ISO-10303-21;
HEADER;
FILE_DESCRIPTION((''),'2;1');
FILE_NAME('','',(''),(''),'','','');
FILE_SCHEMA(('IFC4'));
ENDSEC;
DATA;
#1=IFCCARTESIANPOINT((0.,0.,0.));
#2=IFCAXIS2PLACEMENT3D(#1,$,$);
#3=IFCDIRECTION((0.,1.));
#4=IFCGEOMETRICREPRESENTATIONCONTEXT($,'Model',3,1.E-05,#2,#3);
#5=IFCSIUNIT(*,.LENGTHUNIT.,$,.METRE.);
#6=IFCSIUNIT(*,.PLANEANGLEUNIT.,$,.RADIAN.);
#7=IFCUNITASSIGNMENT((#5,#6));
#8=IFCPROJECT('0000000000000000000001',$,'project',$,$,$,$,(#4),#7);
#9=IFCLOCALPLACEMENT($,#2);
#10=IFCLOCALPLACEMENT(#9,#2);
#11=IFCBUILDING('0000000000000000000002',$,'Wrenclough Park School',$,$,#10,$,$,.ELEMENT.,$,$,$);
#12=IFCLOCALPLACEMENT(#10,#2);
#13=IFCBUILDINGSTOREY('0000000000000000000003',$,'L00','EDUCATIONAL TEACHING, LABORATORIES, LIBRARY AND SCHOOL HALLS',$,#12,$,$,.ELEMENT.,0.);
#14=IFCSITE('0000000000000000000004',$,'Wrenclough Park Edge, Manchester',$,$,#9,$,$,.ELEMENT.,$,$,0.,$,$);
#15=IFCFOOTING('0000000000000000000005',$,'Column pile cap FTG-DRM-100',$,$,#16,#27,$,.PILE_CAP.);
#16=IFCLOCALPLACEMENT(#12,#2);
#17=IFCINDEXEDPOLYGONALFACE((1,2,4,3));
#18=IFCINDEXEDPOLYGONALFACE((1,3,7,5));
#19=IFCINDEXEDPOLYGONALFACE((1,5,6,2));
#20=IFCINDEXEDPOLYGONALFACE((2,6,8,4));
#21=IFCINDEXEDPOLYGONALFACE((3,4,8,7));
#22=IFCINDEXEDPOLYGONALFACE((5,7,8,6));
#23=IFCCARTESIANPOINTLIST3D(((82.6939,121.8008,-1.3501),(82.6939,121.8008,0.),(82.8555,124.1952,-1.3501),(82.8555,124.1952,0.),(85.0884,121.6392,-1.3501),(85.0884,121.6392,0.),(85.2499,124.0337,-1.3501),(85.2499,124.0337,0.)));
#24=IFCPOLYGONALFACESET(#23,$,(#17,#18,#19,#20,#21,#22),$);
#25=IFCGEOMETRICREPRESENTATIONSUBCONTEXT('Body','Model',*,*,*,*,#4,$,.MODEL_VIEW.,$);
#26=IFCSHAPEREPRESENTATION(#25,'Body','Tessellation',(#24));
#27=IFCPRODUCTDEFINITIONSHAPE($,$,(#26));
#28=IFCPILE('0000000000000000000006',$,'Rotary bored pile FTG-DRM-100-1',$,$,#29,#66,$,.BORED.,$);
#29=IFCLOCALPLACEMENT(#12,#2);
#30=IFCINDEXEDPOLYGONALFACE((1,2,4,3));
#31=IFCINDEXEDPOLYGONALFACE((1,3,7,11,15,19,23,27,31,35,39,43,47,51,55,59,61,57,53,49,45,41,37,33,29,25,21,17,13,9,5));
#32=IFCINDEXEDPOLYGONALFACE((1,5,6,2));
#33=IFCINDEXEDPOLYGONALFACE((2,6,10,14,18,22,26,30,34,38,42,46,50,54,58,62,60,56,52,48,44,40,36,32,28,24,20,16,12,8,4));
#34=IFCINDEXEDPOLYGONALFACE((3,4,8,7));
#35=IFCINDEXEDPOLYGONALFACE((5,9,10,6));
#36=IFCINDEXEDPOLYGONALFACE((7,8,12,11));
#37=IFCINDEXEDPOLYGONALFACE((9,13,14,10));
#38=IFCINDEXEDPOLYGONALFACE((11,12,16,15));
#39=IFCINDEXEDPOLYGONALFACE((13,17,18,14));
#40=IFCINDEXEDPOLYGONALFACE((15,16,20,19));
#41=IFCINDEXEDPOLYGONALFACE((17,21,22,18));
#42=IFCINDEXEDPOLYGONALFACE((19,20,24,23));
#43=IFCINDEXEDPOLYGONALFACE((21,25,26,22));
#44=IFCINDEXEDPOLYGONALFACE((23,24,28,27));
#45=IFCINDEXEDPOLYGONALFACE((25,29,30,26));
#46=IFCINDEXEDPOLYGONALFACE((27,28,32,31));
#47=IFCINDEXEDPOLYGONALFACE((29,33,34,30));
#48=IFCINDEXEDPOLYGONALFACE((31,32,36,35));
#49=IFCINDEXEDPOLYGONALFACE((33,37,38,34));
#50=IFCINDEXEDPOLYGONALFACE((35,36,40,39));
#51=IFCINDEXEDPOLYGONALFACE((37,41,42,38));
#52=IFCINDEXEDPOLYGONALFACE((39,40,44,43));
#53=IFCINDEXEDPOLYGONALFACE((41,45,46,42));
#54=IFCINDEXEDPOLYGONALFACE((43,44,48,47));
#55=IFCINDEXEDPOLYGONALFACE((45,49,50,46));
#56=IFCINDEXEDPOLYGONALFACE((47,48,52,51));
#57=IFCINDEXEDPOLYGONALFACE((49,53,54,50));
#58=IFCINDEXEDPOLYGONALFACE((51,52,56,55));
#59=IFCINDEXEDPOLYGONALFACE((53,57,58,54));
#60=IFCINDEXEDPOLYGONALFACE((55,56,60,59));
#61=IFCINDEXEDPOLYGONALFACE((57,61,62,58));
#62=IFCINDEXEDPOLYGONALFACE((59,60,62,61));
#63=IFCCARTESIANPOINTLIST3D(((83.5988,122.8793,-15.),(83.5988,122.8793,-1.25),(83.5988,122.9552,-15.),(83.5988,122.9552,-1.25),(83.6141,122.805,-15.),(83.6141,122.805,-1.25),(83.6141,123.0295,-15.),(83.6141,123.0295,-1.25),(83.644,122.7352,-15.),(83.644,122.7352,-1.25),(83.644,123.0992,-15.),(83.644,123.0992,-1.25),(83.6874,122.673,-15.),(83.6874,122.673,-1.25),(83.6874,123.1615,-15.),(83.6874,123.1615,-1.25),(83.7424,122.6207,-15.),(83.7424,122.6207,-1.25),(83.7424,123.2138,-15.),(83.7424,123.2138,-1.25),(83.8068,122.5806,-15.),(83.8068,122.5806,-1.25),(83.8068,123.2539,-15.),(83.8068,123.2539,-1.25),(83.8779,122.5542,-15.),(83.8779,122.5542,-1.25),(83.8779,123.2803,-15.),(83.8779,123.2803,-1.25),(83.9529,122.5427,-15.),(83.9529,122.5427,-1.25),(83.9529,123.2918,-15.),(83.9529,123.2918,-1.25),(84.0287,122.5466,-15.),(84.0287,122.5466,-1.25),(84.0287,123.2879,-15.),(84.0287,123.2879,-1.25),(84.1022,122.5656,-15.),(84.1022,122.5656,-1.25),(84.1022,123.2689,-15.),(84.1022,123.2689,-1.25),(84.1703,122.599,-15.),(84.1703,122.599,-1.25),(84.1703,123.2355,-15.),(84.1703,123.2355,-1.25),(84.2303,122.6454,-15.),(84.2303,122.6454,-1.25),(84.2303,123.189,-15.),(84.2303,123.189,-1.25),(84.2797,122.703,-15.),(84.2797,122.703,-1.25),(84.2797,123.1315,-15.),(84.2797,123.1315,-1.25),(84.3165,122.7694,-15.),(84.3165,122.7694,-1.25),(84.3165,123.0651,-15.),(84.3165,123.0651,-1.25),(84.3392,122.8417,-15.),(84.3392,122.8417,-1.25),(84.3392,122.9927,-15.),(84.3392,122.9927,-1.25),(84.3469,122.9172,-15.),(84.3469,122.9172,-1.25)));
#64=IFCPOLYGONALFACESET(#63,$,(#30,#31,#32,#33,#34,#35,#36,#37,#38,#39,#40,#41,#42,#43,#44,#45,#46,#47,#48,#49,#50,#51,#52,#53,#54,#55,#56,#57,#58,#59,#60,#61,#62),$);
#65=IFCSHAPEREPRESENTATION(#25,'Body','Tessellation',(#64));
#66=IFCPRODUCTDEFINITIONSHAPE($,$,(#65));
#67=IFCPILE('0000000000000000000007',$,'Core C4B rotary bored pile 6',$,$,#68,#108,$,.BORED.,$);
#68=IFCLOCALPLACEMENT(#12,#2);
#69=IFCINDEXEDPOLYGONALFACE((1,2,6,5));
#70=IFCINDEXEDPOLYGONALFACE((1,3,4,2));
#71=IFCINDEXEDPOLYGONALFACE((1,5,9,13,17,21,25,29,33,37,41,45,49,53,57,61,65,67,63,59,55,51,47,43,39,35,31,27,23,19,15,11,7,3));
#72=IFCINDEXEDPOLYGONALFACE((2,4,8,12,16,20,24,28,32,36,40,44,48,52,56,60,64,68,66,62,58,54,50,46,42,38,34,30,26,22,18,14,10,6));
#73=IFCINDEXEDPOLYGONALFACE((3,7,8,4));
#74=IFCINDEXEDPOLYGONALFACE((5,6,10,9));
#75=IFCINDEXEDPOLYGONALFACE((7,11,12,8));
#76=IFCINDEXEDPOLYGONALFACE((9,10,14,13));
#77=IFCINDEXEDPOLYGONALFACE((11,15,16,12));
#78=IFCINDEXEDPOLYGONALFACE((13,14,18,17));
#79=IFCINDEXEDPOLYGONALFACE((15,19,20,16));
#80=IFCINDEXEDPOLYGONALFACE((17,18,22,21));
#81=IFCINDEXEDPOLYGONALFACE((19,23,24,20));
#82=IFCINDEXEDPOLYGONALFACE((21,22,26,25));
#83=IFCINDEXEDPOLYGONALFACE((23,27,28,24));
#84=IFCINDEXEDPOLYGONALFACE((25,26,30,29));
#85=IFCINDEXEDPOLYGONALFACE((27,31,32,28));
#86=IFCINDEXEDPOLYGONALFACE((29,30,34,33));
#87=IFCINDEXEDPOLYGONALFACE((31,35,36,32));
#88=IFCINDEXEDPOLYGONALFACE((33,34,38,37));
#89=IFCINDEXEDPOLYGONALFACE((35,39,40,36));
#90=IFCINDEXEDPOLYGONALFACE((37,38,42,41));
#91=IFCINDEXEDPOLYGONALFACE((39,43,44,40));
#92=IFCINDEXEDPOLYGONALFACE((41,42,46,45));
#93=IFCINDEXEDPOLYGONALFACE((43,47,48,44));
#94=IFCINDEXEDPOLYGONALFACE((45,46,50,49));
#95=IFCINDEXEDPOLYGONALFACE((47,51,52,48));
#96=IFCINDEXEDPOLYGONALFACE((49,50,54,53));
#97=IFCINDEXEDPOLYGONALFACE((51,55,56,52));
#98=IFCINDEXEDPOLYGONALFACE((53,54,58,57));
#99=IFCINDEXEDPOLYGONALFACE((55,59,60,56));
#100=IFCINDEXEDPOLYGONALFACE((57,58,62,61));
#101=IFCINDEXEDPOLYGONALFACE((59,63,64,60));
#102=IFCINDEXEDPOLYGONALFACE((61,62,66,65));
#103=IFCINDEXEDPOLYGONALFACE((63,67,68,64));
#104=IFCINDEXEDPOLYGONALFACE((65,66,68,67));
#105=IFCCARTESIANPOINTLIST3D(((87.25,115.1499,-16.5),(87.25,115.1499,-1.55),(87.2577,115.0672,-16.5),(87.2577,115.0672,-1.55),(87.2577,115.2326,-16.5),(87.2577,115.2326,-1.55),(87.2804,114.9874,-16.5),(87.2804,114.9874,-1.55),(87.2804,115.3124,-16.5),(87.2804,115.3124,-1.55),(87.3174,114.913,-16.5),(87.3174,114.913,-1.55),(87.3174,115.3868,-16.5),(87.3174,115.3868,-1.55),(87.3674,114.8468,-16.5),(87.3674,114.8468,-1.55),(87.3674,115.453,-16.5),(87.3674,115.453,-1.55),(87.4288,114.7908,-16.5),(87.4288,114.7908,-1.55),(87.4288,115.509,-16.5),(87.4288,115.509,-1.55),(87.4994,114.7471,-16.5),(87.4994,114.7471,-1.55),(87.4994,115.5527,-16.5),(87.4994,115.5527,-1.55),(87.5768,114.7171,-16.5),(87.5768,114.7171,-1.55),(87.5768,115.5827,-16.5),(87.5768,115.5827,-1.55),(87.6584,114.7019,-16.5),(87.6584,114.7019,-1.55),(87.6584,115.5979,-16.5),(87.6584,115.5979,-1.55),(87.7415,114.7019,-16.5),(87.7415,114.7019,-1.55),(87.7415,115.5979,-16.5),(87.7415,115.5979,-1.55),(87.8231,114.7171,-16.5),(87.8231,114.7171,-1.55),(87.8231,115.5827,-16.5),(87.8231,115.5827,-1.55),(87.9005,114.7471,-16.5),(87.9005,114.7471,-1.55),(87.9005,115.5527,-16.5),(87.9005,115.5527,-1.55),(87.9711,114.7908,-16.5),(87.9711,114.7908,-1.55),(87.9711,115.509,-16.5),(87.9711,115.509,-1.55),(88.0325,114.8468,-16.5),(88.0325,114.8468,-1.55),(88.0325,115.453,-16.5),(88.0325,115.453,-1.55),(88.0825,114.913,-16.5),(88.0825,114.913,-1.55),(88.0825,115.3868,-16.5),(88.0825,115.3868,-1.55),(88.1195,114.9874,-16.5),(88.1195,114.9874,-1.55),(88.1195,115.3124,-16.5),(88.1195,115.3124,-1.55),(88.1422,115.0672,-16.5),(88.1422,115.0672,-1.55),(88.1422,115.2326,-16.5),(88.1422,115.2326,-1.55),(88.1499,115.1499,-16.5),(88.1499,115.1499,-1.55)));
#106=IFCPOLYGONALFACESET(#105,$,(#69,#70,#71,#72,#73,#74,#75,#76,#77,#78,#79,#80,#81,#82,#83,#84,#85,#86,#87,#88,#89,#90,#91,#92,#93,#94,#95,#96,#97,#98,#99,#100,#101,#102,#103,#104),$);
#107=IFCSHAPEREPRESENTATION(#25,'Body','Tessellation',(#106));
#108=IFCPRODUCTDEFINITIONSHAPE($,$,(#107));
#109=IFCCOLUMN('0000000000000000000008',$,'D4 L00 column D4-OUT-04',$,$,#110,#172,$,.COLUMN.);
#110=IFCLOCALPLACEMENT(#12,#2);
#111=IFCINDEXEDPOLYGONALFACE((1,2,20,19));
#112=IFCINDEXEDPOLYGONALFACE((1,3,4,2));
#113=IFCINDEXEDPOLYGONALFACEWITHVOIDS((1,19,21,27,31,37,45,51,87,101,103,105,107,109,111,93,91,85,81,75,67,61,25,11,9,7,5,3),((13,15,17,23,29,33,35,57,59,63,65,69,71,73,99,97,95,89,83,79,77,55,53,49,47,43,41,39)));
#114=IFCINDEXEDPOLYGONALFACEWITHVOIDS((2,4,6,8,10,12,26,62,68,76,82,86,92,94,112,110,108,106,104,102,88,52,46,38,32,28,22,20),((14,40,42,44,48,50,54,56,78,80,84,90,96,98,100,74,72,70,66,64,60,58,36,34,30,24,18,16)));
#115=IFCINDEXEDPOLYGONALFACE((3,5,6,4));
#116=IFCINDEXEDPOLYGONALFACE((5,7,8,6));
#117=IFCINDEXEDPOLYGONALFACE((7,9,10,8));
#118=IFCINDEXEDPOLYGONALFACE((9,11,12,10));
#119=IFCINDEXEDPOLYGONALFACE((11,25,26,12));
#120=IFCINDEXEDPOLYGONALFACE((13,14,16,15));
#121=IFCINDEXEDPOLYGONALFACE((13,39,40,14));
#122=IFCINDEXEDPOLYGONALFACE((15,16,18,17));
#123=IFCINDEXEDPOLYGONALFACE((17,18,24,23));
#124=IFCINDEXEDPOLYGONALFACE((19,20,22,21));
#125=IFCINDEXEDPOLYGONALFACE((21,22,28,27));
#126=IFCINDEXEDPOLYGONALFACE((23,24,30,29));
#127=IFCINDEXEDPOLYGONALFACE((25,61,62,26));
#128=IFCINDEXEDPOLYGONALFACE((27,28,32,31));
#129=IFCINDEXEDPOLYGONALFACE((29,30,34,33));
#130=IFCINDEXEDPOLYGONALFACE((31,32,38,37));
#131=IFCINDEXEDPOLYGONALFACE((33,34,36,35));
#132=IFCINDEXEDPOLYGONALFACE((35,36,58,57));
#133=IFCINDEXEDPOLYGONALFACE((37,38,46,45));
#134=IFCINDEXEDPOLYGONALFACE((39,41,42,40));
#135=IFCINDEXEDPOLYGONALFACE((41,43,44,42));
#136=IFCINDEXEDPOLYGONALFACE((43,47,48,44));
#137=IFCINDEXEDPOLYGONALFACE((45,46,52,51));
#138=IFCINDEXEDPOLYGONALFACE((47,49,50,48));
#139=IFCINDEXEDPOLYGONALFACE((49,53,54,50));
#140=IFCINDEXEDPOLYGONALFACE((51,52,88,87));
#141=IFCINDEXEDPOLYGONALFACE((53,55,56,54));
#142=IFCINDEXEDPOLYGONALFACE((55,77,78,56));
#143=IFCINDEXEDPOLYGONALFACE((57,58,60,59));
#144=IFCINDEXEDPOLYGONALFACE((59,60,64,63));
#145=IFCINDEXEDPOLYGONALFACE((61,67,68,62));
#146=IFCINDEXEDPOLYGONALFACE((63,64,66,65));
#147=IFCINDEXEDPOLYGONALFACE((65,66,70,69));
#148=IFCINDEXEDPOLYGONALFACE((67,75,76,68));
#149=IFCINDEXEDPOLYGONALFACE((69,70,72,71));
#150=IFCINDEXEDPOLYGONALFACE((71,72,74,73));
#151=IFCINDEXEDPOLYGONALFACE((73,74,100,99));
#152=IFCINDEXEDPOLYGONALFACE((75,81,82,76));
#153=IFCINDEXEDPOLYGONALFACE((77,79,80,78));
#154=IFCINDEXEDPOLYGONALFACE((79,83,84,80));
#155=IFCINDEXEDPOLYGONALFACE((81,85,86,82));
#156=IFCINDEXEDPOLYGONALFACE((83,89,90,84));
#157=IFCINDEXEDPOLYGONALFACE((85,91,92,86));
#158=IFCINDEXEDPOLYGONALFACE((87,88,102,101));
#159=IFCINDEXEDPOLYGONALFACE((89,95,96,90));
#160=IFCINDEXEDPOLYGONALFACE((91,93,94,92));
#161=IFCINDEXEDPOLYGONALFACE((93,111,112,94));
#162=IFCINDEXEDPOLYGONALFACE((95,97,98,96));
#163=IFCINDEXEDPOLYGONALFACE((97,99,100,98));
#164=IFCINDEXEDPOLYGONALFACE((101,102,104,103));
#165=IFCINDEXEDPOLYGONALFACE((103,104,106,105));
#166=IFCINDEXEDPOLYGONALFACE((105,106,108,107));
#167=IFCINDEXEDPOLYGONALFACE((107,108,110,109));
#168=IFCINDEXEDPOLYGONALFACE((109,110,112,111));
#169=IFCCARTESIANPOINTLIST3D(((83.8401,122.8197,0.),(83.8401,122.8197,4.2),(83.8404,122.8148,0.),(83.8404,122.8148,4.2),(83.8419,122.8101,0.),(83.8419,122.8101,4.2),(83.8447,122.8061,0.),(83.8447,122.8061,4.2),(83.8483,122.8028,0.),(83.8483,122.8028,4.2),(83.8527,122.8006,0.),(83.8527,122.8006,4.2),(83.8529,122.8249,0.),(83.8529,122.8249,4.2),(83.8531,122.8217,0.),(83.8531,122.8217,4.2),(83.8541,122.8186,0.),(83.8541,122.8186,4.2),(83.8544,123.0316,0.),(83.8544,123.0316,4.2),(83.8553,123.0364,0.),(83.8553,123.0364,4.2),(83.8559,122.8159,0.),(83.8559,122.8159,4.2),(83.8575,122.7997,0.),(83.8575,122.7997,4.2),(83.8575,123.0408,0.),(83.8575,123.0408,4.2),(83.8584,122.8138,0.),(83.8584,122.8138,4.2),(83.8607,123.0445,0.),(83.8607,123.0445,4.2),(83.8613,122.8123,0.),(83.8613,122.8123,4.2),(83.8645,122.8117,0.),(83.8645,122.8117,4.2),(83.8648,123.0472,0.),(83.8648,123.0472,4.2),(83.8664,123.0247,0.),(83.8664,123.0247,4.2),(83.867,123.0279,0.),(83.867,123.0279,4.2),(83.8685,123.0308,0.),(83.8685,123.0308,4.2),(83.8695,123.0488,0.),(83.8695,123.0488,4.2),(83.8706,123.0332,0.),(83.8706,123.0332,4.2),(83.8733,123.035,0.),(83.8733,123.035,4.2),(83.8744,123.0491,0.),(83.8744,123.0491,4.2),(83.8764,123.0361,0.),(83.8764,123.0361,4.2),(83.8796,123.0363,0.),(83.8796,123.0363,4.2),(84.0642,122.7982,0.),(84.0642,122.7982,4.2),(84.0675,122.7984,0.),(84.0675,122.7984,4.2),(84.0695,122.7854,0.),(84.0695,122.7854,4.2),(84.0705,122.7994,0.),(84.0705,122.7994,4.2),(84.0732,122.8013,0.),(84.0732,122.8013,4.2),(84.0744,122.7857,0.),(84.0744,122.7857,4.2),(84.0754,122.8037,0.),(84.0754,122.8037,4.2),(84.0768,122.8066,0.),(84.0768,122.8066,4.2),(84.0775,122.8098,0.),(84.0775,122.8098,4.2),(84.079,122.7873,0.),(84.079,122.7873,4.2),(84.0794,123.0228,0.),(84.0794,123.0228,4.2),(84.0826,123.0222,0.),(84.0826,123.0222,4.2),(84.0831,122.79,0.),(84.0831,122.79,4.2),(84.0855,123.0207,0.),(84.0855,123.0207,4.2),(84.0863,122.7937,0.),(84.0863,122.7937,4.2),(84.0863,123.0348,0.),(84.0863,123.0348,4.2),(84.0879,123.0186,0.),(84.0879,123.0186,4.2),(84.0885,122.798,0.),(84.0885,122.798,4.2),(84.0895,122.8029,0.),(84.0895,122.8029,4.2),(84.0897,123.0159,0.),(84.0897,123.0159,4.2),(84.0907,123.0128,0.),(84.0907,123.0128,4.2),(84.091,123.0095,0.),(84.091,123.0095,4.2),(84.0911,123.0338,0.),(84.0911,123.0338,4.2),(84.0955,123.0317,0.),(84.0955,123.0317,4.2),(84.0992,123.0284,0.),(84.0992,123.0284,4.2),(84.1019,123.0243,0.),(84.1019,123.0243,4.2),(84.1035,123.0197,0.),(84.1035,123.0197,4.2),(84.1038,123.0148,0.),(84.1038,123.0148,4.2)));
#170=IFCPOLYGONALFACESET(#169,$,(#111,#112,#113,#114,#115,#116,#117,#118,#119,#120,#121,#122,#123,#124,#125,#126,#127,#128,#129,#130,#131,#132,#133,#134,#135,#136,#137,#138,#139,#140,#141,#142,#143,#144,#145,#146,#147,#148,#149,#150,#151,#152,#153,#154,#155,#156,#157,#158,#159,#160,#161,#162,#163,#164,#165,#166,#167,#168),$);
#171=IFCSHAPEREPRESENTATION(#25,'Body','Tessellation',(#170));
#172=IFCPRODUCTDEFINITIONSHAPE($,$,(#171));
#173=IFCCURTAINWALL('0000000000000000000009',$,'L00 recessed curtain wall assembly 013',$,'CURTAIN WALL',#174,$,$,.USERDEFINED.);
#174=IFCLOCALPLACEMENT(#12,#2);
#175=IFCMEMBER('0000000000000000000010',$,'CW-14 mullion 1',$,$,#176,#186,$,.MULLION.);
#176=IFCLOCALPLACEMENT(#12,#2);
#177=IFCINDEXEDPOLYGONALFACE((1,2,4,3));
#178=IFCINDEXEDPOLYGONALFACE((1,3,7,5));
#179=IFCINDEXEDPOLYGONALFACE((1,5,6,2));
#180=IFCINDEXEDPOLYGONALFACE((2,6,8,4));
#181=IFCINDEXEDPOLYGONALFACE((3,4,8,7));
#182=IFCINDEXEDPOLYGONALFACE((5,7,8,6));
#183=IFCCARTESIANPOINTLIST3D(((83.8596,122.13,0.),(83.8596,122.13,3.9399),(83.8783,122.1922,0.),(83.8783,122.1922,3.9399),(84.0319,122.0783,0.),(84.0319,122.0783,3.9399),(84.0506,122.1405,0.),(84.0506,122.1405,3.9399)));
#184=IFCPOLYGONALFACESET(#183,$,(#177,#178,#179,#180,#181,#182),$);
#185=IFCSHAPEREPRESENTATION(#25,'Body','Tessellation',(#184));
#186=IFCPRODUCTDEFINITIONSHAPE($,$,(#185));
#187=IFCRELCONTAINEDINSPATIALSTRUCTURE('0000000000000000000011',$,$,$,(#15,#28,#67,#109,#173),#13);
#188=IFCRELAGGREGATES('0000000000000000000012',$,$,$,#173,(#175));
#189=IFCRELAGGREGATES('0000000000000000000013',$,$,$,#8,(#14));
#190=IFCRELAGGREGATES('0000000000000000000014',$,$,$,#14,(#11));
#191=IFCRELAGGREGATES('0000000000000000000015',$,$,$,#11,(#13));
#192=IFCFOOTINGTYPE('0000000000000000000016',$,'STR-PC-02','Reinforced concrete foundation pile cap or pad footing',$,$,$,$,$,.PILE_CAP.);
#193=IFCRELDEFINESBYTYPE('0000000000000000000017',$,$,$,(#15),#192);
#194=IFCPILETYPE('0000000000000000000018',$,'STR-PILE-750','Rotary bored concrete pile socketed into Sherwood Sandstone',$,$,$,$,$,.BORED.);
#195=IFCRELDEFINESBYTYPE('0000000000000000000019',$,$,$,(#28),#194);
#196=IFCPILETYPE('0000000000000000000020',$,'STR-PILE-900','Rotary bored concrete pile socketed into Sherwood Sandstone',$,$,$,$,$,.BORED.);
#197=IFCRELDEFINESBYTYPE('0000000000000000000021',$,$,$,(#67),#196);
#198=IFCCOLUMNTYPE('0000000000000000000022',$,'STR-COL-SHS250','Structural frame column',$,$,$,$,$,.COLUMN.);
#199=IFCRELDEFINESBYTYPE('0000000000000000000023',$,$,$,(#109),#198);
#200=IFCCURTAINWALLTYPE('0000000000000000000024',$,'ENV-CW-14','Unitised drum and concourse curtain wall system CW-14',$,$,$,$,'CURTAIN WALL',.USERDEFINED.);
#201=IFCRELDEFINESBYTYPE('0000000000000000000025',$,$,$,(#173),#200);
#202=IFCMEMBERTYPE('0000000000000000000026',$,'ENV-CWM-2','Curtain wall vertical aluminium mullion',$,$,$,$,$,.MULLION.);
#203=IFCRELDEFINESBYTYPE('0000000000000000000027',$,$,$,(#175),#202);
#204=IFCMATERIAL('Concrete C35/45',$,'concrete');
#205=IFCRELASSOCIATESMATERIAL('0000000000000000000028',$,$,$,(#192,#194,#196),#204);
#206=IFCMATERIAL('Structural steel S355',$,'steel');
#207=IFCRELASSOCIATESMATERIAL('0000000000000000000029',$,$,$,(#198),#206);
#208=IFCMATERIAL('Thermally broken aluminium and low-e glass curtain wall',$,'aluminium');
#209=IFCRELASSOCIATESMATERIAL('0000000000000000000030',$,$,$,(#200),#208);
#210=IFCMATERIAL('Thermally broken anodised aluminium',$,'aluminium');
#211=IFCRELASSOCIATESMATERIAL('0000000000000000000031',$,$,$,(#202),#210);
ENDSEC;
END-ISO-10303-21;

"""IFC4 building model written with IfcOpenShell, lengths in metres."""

from ifc_helpers import new_model, si_unit, direction, frame, origin, origin_2d, place, context, subcontext, project, spatial, rectangle, hollow_rectangle, circle, extrude, material, material_profile, profile_set, type_object, element, aggregate, save


model = new_model("IFC4")

# Units and contexts
model_context = context("Model", 3, precision=1e-05, world=origin(), true_north=direction((0.0, 1.0)))
body_context = subcontext(model_context, "Body", "Model", "MODEL_VIEW")
ifc_project = project(units=[si_unit("LENGTHUNIT", "METRE"), si_unit("PLANEANGLEUNIT", "RADIAN")], contexts=[model_context])

# Site, building, storey
site_placement = place(None, origin())
site = spatial("IfcSite", under=ifc_project, at=site_placement, Name="Wrenclough Park Edge, Manchester", CompositionType="ELEMENT", RefElevation=0.0)
building_placement = place(site_placement, origin())
building = spatial("IfcBuilding", under=site, at=building_placement, Name="Wrenclough Park School", CompositionType="ELEMENT")
storey_placement = place(building_placement, origin())
storey = spatial("IfcBuildingStorey", under=building, at=storey_placement, Name="L00", Description="EDUCATIONAL TEACHING, LABORATORIES, LIBRARY AND SCHOOL HALLS", CompositionType="ELEMENT", Elevation=0.0)

# Footing
ifc_material_1 = material(Name="Concrete C35/45", Category="concrete")
footing_type = type_object("IfcFootingType", Name="STR-PC-02", Description="Reinforced concrete foundation pile cap or pad footing", PredefinedType="PILE_CAP", material=ifc_material_1)
footing_placement = place(storey_placement, frame((83.9719, 122.9172, -1.3501), z_axis=(0.0, 0.0, 1.0), x_axis=(-0.997732, 0.067319, 0.0)))
element("IfcFooting", 1, at=footing_placement, inside=storey, type_object=footing_type, Name="Column pile cap FTG-DRM-100", PredefinedType="PILE_CAP", context=body_context, shape_type="SweptSolid", body=[
    extrude(rectangle(XDim=2.3999, YDim=2.3999, at=origin_2d()), origin(), (0.0, 0.0, 1.0), 1.3501),
])

# Piles
ifc_material_profile_1 = material_profile(ifc_material_1, circle(Radius=0.375, at=origin_2d()), Name="BORED PILE D750")
ifc_profile_set_1 = profile_set([ifc_material_profile_1], Name="Concrete C35/45")
pile_type_1 = type_object("IfcPileType", Name="STR-PILE-750", Description="Rotary bored concrete pile socketed into Sherwood Sandstone", PredefinedType="BORED", material=ifc_profile_set_1)
pile_1_placement = place(storey_placement, frame((83.9719, 122.9172, -1.25), z_axis=(0.0, 0.0, -1.0), x_axis=(1.0, 0.0, 0.0)))
element("IfcPile", 2, at=pile_1_placement, inside=storey, type_object=pile_type_1, Name="Rotary bored pile FTG-DRM-100-1", PredefinedType="BORED", context=body_context, shape_type="SweptSolid", body=[
    extrude(circle(Radius=0.375, at=origin_2d()), origin(), (0.0, 0.0, 1.0), 13.75),
])
ifc_material_profile_2 = material_profile(ifc_material_1, circle(Radius=0.45, at=origin_2d()), Name="BORED PILE D900")
ifc_profile_set_2 = profile_set([ifc_material_profile_2], Name="Concrete C35/45")
pile_type_2 = type_object("IfcPileType", Name="STR-PILE-900", Description="Rotary bored concrete pile socketed into Sherwood Sandstone", PredefinedType="BORED", material=ifc_profile_set_2)
pile_2_placement = place(storey_placement, frame((87.7, 115.1499, -1.55), z_axis=(0.0, 0.0, -1.0), x_axis=(1.0, 0.0, 0.0)))
element("IfcPile", 3, at=pile_2_placement, inside=storey, type_object=pile_type_2, Name="Core C4B rotary bored pile 6", PredefinedType="BORED", context=body_context, shape_type="SweptSolid", body=[
    extrude(circle(Radius=0.45, at=origin_2d()), origin(), (0.0, 0.0, 1.0), 14.95),
])

# Column
ifc_material_2 = material(Name="Structural steel S355", Category="steel")
ifc_material_profile_3 = material_profile(ifc_material_2, hollow_rectangle(XDim=0.25, YDim=0.25, WallThickness=0.0125, InnerFilletRadius=0.0125, OuterFilletRadius=0.0188, at=origin_2d()), Name="SHS 250x250x12.5")
ifc_profile_set_3 = profile_set([ifc_material_profile_3], Name="Structural steel S355")
column_type = type_object("IfcColumnType", Name="STR-COL-SHS250", Description="Structural frame column", PredefinedType="COLUMN", material=ifc_profile_set_3)
column_placement = place(storey_placement, frame((83.9719, 122.9172, 0.0), z_axis=(0.0, 0.0, 1.0), x_axis=(-0.997732, 0.067319, 0.0)))
element("IfcColumn", 4, at=column_placement, inside=storey, type_object=column_type, Name="D4 L00 column D4-OUT-04", PredefinedType="COLUMN", context=body_context, shape_type="SweptSolid", body=[
    extrude(hollow_rectangle(XDim=0.25, YDim=0.25, WallThickness=0.0125, InnerFilletRadius=0.0125, OuterFilletRadius=0.0188, at=origin_2d()), origin(), (0.0, 0.0, 1.0), 4.2),
])

# Curtain wall, member
ifc_material_3 = material(Name="Thermally broken aluminium and low-e glass curtain wall", Category="aluminium")
curtain_wall_type = type_object("IfcCurtainWallType", Name="ENV-CW-14", Description="Unitised drum and concourse curtain wall system CW-14", ElementType="CURTAIN WALL", PredefinedType="USERDEFINED", material=ifc_material_3)
curtain_wall_placement = place(storey_placement, origin())
curtain_wall = element("IfcCurtainWall", 5, at=curtain_wall_placement, inside=storey, type_object=curtain_wall_type, Name="L00 recessed curtain wall assembly 013", ObjectType="CURTAIN WALL", PredefinedType="USERDEFINED")
ifc_material_4 = material(Name="Thermally broken anodised aluminium", Category="aluminium")
ifc_material_profile_4 = material_profile(ifc_material_4, rectangle(XDim=0.0649, YDim=0.1799, at=origin_2d()), Name="AL MULLION 65x180")
ifc_profile_set_4 = profile_set([ifc_material_profile_4], Name="Thermally broken anodised aluminium")
member_type_1 = type_object("IfcMemberType", Name="ENV-CWM-2", Description="Curtain wall vertical aluminium mullion", PredefinedType="MULLION", material=ifc_profile_set_4)
member_1_placement = place(storey_placement, frame((83.9551, 122.1353, 0.0), z_axis=(0.0, 0.0, 1.0), x_axis=(0.287583, 0.957756, 0.0)))
member_1 = element("IfcMember", 6, at=member_1_placement, type_object=member_type_1, Name="CW-14 mullion 1", PredefinedType="MULLION", context=body_context, shape_type="SweptSolid", body=[
    extrude(rectangle(XDim=0.0649, YDim=0.1799, at=origin_2d()), origin(), (0.0, 0.0, 1.0), 3.9399),
])

aggregate(curtain_wall, [member_1])

save(model, "model.ifc")
